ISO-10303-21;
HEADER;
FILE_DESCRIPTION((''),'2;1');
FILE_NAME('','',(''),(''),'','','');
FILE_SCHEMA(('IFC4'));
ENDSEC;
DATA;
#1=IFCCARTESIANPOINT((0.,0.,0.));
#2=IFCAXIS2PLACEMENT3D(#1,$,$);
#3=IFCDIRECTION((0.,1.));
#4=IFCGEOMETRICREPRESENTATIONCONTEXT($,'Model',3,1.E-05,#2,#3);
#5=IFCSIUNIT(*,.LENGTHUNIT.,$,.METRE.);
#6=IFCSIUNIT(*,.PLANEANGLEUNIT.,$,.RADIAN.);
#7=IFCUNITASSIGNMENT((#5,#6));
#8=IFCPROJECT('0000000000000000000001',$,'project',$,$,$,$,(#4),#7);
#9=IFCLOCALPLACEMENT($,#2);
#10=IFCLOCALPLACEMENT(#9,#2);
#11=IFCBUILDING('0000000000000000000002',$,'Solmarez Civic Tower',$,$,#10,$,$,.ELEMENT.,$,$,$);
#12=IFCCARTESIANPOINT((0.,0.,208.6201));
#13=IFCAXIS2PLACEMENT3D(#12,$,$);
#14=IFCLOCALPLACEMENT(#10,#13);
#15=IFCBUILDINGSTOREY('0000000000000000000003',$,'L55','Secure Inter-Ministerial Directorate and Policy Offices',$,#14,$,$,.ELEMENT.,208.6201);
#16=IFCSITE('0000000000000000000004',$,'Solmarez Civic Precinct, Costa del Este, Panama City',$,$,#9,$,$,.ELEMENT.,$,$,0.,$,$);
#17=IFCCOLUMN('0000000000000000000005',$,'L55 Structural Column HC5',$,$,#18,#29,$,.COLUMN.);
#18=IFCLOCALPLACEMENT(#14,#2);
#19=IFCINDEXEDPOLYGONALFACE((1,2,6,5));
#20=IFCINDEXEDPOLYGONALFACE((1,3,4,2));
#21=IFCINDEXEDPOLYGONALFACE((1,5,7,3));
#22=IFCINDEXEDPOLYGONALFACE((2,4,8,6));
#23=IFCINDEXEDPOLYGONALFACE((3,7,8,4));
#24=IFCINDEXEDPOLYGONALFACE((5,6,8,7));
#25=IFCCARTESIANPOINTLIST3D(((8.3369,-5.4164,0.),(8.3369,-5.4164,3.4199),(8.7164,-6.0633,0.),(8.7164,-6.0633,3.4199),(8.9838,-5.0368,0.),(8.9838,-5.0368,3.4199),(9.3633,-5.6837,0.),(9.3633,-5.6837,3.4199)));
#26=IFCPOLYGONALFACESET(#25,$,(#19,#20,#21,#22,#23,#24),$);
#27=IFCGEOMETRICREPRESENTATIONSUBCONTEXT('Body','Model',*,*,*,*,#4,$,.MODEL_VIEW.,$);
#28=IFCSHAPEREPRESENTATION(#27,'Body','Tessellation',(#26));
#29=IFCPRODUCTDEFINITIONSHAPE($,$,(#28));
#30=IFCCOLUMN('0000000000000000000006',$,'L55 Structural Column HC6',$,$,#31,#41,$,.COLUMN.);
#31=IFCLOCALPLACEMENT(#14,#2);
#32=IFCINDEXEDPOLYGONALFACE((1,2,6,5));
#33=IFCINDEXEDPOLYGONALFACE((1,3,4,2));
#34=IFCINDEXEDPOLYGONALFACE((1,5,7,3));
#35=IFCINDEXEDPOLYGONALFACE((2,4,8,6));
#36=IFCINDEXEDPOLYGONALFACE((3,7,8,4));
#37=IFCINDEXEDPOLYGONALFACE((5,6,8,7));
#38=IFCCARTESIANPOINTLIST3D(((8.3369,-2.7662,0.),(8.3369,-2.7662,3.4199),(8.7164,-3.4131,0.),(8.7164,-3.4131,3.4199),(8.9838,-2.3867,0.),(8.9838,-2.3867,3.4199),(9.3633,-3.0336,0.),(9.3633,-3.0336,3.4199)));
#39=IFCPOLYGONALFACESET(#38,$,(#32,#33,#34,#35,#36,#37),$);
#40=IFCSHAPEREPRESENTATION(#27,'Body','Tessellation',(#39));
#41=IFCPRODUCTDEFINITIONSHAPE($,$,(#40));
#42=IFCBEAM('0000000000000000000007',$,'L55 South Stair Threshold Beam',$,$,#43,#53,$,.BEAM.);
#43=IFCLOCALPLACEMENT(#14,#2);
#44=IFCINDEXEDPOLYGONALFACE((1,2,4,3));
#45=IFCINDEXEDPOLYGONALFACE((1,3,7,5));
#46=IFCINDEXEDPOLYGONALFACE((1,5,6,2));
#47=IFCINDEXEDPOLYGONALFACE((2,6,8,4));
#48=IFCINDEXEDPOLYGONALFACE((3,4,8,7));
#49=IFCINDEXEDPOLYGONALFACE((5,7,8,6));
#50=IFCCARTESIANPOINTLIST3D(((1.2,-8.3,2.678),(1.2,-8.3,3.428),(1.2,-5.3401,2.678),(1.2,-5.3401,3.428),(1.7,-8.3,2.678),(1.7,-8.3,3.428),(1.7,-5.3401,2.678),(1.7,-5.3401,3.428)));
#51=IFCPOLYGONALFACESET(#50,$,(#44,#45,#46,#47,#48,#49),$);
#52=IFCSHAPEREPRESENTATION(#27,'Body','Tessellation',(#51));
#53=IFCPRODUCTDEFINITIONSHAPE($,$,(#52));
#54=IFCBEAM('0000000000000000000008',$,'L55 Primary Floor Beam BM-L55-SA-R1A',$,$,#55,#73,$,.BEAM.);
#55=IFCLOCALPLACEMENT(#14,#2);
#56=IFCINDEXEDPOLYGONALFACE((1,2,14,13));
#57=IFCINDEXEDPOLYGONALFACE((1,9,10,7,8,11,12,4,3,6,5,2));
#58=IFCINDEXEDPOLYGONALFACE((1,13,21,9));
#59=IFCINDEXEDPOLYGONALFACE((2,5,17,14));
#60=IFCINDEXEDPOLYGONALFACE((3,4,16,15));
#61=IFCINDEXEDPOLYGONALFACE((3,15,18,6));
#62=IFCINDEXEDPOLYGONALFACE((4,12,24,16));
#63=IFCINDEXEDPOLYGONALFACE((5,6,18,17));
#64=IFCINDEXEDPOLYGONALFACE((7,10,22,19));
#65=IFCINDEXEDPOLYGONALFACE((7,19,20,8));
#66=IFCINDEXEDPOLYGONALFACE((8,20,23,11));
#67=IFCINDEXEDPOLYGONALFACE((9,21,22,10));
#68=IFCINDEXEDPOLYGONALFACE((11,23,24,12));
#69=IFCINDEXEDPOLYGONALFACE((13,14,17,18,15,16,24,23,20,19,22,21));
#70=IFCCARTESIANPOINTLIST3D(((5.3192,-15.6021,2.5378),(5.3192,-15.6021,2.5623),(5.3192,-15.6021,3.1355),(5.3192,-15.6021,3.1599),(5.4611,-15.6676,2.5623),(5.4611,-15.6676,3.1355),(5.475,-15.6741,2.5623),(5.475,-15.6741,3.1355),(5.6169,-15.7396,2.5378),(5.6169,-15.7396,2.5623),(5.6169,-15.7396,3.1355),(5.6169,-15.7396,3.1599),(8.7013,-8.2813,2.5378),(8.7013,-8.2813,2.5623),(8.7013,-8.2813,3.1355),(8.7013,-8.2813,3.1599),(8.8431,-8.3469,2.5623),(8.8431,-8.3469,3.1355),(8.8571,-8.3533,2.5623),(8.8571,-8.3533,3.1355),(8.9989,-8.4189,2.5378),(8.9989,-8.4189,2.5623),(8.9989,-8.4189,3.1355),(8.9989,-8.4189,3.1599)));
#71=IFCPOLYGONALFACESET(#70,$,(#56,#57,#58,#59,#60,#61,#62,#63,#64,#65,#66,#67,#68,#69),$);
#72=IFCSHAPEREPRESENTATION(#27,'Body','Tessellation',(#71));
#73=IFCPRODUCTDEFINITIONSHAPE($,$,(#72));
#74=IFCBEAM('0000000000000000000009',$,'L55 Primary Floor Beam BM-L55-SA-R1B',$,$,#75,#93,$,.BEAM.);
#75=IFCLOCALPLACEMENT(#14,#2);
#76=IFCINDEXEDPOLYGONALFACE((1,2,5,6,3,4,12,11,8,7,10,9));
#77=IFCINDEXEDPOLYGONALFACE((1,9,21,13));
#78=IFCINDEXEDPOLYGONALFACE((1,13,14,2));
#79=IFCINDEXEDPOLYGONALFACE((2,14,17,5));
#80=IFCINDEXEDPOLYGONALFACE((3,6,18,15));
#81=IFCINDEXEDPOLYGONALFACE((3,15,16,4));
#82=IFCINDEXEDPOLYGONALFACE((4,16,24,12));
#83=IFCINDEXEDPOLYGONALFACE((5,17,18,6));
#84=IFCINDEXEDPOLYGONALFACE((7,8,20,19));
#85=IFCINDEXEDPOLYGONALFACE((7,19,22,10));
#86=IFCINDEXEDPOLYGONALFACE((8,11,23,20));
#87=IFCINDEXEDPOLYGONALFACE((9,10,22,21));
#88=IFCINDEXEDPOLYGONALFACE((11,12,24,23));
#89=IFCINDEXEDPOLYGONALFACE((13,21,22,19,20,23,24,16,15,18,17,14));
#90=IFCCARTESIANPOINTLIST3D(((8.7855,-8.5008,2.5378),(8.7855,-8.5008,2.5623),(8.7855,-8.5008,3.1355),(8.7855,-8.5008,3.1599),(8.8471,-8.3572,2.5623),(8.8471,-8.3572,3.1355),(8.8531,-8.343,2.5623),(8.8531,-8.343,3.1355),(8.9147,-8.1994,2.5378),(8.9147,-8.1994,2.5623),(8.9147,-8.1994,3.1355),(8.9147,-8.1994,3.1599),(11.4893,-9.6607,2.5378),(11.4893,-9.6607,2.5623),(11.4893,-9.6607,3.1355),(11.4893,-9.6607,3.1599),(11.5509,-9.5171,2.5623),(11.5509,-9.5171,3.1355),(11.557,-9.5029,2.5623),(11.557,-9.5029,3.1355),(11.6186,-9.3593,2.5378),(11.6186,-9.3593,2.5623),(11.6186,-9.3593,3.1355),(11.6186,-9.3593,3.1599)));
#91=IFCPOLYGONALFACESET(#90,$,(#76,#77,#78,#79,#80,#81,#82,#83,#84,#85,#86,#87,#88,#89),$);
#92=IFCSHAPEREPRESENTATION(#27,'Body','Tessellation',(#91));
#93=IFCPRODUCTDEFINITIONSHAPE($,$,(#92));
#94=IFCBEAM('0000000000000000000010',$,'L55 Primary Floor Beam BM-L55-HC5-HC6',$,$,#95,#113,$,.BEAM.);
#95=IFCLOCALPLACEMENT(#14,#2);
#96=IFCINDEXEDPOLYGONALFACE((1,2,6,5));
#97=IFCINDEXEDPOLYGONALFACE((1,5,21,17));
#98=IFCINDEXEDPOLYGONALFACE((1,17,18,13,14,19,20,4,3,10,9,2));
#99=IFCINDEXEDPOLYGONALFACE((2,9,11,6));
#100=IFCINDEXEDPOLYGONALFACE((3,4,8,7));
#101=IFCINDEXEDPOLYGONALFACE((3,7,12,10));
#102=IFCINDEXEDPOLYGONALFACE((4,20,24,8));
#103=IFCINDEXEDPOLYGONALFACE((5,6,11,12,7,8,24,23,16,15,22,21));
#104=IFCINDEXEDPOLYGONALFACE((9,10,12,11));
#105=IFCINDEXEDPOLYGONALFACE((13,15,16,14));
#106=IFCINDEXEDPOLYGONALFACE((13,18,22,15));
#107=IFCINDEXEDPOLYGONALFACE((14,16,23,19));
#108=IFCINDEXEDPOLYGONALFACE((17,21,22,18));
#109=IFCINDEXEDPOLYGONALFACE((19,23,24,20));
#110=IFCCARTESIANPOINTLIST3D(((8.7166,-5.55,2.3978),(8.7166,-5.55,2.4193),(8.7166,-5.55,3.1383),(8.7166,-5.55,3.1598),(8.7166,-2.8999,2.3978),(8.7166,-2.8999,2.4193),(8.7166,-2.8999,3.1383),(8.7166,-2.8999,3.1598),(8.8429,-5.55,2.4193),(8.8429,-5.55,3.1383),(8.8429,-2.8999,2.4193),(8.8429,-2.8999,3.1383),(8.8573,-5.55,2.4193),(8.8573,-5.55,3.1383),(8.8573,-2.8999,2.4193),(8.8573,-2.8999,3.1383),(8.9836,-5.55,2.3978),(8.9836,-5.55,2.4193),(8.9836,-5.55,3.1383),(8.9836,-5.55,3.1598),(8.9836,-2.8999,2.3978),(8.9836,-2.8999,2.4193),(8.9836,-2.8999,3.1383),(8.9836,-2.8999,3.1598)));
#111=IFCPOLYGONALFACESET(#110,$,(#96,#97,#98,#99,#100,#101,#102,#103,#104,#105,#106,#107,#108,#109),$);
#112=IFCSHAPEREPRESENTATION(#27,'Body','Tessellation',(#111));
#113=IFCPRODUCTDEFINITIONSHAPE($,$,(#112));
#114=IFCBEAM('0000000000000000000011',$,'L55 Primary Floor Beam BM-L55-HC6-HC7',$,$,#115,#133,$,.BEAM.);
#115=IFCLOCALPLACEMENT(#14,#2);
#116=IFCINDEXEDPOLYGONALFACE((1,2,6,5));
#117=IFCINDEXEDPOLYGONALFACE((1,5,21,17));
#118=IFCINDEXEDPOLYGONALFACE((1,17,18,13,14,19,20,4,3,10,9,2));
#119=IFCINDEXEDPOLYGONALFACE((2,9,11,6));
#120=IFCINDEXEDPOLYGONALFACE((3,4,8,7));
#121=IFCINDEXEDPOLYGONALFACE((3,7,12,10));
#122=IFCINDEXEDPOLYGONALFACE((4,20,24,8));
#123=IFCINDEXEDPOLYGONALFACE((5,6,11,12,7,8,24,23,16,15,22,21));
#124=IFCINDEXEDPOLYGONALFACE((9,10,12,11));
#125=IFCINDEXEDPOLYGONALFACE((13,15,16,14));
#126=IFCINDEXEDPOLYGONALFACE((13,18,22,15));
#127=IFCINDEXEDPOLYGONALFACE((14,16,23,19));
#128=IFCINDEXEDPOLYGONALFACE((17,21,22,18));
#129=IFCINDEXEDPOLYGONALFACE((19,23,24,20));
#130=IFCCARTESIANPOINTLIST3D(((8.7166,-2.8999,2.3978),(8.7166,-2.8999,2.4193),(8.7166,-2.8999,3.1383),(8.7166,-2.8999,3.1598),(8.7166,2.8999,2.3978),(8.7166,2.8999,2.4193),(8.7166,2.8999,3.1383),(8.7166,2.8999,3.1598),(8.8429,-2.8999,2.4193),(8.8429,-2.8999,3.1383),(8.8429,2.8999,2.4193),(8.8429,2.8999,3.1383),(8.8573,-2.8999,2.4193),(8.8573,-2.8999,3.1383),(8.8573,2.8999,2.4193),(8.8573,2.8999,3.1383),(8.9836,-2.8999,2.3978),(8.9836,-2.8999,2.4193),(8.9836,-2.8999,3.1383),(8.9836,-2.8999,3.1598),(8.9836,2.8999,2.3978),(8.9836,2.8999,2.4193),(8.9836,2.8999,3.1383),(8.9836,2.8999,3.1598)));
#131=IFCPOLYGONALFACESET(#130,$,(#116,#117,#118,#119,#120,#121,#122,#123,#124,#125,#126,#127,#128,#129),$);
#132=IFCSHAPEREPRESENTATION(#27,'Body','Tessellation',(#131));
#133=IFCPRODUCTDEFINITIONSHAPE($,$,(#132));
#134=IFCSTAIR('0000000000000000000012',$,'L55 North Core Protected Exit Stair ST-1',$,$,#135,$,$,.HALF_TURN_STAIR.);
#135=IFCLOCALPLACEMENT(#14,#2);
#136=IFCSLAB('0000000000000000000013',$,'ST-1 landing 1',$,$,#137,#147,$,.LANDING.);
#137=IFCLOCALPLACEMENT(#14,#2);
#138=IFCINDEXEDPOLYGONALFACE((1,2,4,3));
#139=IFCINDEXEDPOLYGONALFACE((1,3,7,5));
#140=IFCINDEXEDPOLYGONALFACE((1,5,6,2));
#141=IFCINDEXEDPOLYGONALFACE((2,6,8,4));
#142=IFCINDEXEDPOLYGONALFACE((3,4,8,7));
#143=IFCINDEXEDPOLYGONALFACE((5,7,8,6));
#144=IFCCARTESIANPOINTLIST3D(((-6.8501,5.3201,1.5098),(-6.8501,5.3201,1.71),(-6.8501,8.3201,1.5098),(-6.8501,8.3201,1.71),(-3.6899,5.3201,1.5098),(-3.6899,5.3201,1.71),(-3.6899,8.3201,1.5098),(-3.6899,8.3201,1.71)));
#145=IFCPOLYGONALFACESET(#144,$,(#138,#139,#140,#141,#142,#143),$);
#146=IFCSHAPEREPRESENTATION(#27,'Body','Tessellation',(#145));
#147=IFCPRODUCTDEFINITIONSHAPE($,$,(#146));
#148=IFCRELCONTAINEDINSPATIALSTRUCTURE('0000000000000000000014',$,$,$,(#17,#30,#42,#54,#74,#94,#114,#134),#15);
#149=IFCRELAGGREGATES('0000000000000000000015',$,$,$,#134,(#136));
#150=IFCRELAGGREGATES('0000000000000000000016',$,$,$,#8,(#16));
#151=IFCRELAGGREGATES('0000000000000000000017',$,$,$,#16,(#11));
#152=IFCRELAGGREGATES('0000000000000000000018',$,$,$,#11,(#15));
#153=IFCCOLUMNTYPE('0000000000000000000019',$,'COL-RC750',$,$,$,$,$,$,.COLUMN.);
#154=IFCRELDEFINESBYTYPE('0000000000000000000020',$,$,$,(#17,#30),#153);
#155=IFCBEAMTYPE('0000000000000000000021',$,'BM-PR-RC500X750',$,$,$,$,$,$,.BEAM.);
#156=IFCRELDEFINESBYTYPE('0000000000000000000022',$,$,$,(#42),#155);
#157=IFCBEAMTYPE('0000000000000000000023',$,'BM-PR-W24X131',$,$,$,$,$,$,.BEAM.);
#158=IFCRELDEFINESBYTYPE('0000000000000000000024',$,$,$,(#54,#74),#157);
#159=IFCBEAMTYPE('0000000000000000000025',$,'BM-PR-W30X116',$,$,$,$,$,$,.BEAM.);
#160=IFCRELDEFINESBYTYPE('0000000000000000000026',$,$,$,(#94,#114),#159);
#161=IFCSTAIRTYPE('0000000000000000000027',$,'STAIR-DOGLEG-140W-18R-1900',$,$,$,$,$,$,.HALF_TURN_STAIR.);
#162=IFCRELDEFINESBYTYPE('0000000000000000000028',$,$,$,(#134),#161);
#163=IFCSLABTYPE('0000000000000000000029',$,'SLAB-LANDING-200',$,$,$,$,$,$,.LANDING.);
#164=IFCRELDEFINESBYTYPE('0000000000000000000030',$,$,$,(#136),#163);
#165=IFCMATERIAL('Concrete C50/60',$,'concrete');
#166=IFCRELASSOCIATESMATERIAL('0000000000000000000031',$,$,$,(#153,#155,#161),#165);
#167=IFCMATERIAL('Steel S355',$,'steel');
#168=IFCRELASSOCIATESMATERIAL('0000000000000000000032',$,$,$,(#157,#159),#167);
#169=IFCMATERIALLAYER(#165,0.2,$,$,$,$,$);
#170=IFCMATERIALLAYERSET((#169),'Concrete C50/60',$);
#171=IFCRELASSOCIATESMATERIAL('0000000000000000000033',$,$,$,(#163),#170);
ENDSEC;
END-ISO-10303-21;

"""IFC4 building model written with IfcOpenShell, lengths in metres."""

from ifc_helpers import new_model, si_unit, direction, frame, origin, origin_2d, place, context, subcontext, project, spatial, polyline, rectangle, i_section, outline, extrude, material, layer, layer_set, material_profile, profile_set, type_object, element, aggregate, save


model = new_model("IFC4")

# Units and contexts
model_context = context("Model", 3, precision=1e-05, world=origin(), true_north=direction((0.0, 1.0)))
body_context = subcontext(model_context, "Body", "Model", "MODEL_VIEW")
ifc_project = project(units=[si_unit("LENGTHUNIT", "METRE"), si_unit("PLANEANGLEUNIT", "RADIAN")], contexts=[model_context])

# Site, building, storey
site_placement = place(None, origin())
site = spatial("IfcSite", under=ifc_project, at=site_placement, Name="Solmarez Civic Precinct, Costa del Este, Panama City", CompositionType="ELEMENT", RefElevation=0.0)
building_placement = place(site_placement, origin())
building = spatial("IfcBuilding", under=site, at=building_placement, Name="Solmarez Civic Tower", CompositionType="ELEMENT")
storey_placement = place(building_placement, frame((0.0, 0.0, 208.6201)))
storey = spatial("IfcBuildingStorey", under=building, at=storey_placement, Name="L55", Description="Secure Inter-Ministerial Directorate and Policy Offices", CompositionType="ELEMENT", Elevation=208.6201)

# Columns
ifc_material_1 = material(Name="Concrete C50/60", Category="concrete")
ifc_material_profile_1 = material_profile(ifc_material_1, rectangle(XDim=0.75, YDim=0.75, at=origin_2d()), Name="RC750X750")
ifc_profile_set_1 = profile_set([ifc_material_profile_1], Name="Concrete C50/60")
column_type = type_object("IfcColumnType", Name="COL-RC750", PredefinedType="COLUMN", material=ifc_profile_set_1)
for number, where, z_axis, x_axis, name in (
    (1, (8.8501, -5.55, 0.0), (0.0, 0.0, 1.0), (0.862514, 0.506034, 0.0), "L55 Structural Column HC5"),
    (2, (8.8501, -2.8999, 0.0), (0.0, 0.0, 1.0), (0.862514, 0.506034, 0.0), "L55 Structural Column HC6"),
):
    element("IfcColumn", number, at=place(storey_placement, frame(where, z_axis=z_axis, x_axis=x_axis)), inside=storey, type_object=column_type, Name=name, PredefinedType="COLUMN", context=body_context, shape_type="SweptSolid", body=[
        extrude(rectangle(XDim=0.75, YDim=0.75, at=origin_2d()), origin(), (0.0, 0.0, 1.0), 3.4199),
    ])

# Beams
ifc_material_profile_2 = material_profile(ifc_material_1, rectangle(XDim=0.5, YDim=0.75, at=origin_2d()), Name="RC500X750")
ifc_profile_set_2 = profile_set([ifc_material_profile_2], Name="Concrete C50/60")
beam_type_1 = type_object("IfcBeamType", Name="BM-PR-RC500X750", PredefinedType="BEAM", material=ifc_profile_set_2)
beam_1_placement = place(storey_placement, frame((1.45, -8.3, 3.053), z_axis=(0.0, 1.0, 0.0), x_axis=(-1.0, 0.0, 0.0)))
element("IfcBeam", 3, at=beam_1_placement, inside=storey, type_object=beam_type_1, Name="L55 South Stair Threshold Beam", PredefinedType="BEAM", context=body_context, shape_type="SweptSolid", body=[
    extrude(rectangle(XDim=0.5, YDim=0.75, at=origin_2d()), origin(), (0.0, 0.0, 1.0), 2.96),
])
ifc_material_2 = material(Name="Steel S355", Category="steel")
ifc_material_profile_3 = material_profile(ifc_material_2, i_section(OverallWidth=0.3279, OverallDepth=0.6221, WebThickness=0.0154, FlangeThickness=0.0244, at=origin_2d()), Name="W24X131")
ifc_profile_set_3 = profile_set([ifc_material_profile_3], Name="Steel S355")
beam_type_2 = type_object("IfcBeamType", Name="BM-PR-W24X131", PredefinedType="BEAM", material=ifc_profile_set_3)
beam_2_placement = place(storey_placement, frame((8.8501, -8.3501, 2.8489), z_axis=(-0.41939, -0.907806, 0.0), x_axis=(0.907806, -0.41939, 0.0)))
element("IfcBeam", 4, at=beam_2_placement, inside=storey, type_object=beam_type_2, Name="L55 Primary Floor Beam BM-L55-SA-R1A", PredefinedType="BEAM", context=body_context, shape_type="SweptSolid", body=[
    extrude(i_section(OverallWidth=0.3279, OverallDepth=0.6221, WebThickness=0.0154, FlangeThickness=0.0244, at=origin_2d()), origin(), (0.0, 0.0, 1.0), 8.0642),
])
beam_3_placement = place(storey_placement, frame((8.8501, -8.3501, 2.8489), z_axis=(0.919008, -0.39424, 0.0), x_axis=(0.39424, 0.919008, 0.0)))
element("IfcBeam", 5, at=beam_3_placement, inside=storey, type_object=beam_type_2, Name="L55 Primary Floor Beam BM-L55-SA-R1B", PredefinedType="BEAM", context=body_context, shape_type="SweptSolid", body=[
    extrude(i_section(OverallWidth=0.3279, OverallDepth=0.6221, WebThickness=0.0154, FlangeThickness=0.0244, at=origin_2d()), origin(), (0.0, 0.0, 1.0), 2.9421),
])
ifc_material_profile_4 = material_profile(ifc_material_2, i_section(OverallWidth=0.2671, OverallDepth=0.762, WebThickness=0.0144, FlangeThickness=0.0215, at=origin_2d()), Name="W30X116")
ifc_profile_set_4 = profile_set([ifc_material_profile_4], Name="Steel S355")
beam_type_3 = type_object("IfcBeamType", Name="BM-PR-W30X116", PredefinedType="BEAM", material=ifc_profile_set_4)
beam_4_placement = place(storey_placement, frame((8.8501, -5.55, 2.7788), z_axis=(0.0, 1.0, 0.0), x_axis=(-1.0, 0.0, 0.0)))
element("IfcBeam", 6, at=beam_4_placement, inside=storey, type_object=beam_type_3, Name="L55 Primary Floor Beam BM-L55-HC5-HC6", PredefinedType="BEAM", context=body_context, shape_type="SweptSolid", body=[
    extrude(i_section(OverallWidth=0.2671, OverallDepth=0.762, WebThickness=0.0144, FlangeThickness=0.0215, at=origin_2d()), origin(), (0.0, 0.0, 1.0), 2.6501),
])
beam_5_placement = place(storey_placement, frame((8.8501, -2.8999, 2.7788), z_axis=(0.0, 1.0, 0.0), x_axis=(-1.0, 0.0, 0.0)))
element("IfcBeam", 7, at=beam_5_placement, inside=storey, type_object=beam_type_3, Name="L55 Primary Floor Beam BM-L55-HC6-HC7", PredefinedType="BEAM", context=body_context, shape_type="SweptSolid", body=[
    extrude(i_section(OverallWidth=0.2671, OverallDepth=0.762, WebThickness=0.0144, FlangeThickness=0.0215, at=origin_2d()), origin(), (0.0, 0.0, 1.0), 5.7998),
])

# Stair, slab
stair_type = type_object("IfcStairType", Name="STAIR-DOGLEG-140W-18R-1900", PredefinedType="HALF_TURN_STAIR", material=ifc_material_1)
stair_1_placement = place(storey_placement, origin())
stair_1 = element("IfcStair", 8, at=stair_1_placement, inside=storey, type_object=stair_type, Name="L55 North Core Protected Exit Stair ST-1", PredefinedType="HALF_TURN_STAIR")
ifc_layer_1 = layer(ifc_material_1, 0.2)
ifc_layer_set_1 = layer_set([ifc_layer_1], Name="Concrete C50/60")
slab_type_1 = type_object("IfcSlabType", Name="SLAB-LANDING-200", PredefinedType="LANDING", material=ifc_layer_set_1)
slab_1_placement = place(storey_placement, frame((0.0, 0.0, 1.5098)))
slab_1 = element("IfcSlab", 9, at=slab_1_placement, type_object=slab_type_1, Name="ST-1 landing 1", PredefinedType="LANDING", context=body_context, shape_type="SweptSolid", body=[
    extrude(outline(polyline([(-3.6899, 8.3201), (-6.8501, 8.3201), (-6.8501, 5.3201), (-3.6899, 5.3201), (-3.6899, 8.3201)])), origin(), (0.0, 0.0, 1.0), 0.2002),
])
aggregate(stair_1, [slab_1])

save(model, "model.ifc")
